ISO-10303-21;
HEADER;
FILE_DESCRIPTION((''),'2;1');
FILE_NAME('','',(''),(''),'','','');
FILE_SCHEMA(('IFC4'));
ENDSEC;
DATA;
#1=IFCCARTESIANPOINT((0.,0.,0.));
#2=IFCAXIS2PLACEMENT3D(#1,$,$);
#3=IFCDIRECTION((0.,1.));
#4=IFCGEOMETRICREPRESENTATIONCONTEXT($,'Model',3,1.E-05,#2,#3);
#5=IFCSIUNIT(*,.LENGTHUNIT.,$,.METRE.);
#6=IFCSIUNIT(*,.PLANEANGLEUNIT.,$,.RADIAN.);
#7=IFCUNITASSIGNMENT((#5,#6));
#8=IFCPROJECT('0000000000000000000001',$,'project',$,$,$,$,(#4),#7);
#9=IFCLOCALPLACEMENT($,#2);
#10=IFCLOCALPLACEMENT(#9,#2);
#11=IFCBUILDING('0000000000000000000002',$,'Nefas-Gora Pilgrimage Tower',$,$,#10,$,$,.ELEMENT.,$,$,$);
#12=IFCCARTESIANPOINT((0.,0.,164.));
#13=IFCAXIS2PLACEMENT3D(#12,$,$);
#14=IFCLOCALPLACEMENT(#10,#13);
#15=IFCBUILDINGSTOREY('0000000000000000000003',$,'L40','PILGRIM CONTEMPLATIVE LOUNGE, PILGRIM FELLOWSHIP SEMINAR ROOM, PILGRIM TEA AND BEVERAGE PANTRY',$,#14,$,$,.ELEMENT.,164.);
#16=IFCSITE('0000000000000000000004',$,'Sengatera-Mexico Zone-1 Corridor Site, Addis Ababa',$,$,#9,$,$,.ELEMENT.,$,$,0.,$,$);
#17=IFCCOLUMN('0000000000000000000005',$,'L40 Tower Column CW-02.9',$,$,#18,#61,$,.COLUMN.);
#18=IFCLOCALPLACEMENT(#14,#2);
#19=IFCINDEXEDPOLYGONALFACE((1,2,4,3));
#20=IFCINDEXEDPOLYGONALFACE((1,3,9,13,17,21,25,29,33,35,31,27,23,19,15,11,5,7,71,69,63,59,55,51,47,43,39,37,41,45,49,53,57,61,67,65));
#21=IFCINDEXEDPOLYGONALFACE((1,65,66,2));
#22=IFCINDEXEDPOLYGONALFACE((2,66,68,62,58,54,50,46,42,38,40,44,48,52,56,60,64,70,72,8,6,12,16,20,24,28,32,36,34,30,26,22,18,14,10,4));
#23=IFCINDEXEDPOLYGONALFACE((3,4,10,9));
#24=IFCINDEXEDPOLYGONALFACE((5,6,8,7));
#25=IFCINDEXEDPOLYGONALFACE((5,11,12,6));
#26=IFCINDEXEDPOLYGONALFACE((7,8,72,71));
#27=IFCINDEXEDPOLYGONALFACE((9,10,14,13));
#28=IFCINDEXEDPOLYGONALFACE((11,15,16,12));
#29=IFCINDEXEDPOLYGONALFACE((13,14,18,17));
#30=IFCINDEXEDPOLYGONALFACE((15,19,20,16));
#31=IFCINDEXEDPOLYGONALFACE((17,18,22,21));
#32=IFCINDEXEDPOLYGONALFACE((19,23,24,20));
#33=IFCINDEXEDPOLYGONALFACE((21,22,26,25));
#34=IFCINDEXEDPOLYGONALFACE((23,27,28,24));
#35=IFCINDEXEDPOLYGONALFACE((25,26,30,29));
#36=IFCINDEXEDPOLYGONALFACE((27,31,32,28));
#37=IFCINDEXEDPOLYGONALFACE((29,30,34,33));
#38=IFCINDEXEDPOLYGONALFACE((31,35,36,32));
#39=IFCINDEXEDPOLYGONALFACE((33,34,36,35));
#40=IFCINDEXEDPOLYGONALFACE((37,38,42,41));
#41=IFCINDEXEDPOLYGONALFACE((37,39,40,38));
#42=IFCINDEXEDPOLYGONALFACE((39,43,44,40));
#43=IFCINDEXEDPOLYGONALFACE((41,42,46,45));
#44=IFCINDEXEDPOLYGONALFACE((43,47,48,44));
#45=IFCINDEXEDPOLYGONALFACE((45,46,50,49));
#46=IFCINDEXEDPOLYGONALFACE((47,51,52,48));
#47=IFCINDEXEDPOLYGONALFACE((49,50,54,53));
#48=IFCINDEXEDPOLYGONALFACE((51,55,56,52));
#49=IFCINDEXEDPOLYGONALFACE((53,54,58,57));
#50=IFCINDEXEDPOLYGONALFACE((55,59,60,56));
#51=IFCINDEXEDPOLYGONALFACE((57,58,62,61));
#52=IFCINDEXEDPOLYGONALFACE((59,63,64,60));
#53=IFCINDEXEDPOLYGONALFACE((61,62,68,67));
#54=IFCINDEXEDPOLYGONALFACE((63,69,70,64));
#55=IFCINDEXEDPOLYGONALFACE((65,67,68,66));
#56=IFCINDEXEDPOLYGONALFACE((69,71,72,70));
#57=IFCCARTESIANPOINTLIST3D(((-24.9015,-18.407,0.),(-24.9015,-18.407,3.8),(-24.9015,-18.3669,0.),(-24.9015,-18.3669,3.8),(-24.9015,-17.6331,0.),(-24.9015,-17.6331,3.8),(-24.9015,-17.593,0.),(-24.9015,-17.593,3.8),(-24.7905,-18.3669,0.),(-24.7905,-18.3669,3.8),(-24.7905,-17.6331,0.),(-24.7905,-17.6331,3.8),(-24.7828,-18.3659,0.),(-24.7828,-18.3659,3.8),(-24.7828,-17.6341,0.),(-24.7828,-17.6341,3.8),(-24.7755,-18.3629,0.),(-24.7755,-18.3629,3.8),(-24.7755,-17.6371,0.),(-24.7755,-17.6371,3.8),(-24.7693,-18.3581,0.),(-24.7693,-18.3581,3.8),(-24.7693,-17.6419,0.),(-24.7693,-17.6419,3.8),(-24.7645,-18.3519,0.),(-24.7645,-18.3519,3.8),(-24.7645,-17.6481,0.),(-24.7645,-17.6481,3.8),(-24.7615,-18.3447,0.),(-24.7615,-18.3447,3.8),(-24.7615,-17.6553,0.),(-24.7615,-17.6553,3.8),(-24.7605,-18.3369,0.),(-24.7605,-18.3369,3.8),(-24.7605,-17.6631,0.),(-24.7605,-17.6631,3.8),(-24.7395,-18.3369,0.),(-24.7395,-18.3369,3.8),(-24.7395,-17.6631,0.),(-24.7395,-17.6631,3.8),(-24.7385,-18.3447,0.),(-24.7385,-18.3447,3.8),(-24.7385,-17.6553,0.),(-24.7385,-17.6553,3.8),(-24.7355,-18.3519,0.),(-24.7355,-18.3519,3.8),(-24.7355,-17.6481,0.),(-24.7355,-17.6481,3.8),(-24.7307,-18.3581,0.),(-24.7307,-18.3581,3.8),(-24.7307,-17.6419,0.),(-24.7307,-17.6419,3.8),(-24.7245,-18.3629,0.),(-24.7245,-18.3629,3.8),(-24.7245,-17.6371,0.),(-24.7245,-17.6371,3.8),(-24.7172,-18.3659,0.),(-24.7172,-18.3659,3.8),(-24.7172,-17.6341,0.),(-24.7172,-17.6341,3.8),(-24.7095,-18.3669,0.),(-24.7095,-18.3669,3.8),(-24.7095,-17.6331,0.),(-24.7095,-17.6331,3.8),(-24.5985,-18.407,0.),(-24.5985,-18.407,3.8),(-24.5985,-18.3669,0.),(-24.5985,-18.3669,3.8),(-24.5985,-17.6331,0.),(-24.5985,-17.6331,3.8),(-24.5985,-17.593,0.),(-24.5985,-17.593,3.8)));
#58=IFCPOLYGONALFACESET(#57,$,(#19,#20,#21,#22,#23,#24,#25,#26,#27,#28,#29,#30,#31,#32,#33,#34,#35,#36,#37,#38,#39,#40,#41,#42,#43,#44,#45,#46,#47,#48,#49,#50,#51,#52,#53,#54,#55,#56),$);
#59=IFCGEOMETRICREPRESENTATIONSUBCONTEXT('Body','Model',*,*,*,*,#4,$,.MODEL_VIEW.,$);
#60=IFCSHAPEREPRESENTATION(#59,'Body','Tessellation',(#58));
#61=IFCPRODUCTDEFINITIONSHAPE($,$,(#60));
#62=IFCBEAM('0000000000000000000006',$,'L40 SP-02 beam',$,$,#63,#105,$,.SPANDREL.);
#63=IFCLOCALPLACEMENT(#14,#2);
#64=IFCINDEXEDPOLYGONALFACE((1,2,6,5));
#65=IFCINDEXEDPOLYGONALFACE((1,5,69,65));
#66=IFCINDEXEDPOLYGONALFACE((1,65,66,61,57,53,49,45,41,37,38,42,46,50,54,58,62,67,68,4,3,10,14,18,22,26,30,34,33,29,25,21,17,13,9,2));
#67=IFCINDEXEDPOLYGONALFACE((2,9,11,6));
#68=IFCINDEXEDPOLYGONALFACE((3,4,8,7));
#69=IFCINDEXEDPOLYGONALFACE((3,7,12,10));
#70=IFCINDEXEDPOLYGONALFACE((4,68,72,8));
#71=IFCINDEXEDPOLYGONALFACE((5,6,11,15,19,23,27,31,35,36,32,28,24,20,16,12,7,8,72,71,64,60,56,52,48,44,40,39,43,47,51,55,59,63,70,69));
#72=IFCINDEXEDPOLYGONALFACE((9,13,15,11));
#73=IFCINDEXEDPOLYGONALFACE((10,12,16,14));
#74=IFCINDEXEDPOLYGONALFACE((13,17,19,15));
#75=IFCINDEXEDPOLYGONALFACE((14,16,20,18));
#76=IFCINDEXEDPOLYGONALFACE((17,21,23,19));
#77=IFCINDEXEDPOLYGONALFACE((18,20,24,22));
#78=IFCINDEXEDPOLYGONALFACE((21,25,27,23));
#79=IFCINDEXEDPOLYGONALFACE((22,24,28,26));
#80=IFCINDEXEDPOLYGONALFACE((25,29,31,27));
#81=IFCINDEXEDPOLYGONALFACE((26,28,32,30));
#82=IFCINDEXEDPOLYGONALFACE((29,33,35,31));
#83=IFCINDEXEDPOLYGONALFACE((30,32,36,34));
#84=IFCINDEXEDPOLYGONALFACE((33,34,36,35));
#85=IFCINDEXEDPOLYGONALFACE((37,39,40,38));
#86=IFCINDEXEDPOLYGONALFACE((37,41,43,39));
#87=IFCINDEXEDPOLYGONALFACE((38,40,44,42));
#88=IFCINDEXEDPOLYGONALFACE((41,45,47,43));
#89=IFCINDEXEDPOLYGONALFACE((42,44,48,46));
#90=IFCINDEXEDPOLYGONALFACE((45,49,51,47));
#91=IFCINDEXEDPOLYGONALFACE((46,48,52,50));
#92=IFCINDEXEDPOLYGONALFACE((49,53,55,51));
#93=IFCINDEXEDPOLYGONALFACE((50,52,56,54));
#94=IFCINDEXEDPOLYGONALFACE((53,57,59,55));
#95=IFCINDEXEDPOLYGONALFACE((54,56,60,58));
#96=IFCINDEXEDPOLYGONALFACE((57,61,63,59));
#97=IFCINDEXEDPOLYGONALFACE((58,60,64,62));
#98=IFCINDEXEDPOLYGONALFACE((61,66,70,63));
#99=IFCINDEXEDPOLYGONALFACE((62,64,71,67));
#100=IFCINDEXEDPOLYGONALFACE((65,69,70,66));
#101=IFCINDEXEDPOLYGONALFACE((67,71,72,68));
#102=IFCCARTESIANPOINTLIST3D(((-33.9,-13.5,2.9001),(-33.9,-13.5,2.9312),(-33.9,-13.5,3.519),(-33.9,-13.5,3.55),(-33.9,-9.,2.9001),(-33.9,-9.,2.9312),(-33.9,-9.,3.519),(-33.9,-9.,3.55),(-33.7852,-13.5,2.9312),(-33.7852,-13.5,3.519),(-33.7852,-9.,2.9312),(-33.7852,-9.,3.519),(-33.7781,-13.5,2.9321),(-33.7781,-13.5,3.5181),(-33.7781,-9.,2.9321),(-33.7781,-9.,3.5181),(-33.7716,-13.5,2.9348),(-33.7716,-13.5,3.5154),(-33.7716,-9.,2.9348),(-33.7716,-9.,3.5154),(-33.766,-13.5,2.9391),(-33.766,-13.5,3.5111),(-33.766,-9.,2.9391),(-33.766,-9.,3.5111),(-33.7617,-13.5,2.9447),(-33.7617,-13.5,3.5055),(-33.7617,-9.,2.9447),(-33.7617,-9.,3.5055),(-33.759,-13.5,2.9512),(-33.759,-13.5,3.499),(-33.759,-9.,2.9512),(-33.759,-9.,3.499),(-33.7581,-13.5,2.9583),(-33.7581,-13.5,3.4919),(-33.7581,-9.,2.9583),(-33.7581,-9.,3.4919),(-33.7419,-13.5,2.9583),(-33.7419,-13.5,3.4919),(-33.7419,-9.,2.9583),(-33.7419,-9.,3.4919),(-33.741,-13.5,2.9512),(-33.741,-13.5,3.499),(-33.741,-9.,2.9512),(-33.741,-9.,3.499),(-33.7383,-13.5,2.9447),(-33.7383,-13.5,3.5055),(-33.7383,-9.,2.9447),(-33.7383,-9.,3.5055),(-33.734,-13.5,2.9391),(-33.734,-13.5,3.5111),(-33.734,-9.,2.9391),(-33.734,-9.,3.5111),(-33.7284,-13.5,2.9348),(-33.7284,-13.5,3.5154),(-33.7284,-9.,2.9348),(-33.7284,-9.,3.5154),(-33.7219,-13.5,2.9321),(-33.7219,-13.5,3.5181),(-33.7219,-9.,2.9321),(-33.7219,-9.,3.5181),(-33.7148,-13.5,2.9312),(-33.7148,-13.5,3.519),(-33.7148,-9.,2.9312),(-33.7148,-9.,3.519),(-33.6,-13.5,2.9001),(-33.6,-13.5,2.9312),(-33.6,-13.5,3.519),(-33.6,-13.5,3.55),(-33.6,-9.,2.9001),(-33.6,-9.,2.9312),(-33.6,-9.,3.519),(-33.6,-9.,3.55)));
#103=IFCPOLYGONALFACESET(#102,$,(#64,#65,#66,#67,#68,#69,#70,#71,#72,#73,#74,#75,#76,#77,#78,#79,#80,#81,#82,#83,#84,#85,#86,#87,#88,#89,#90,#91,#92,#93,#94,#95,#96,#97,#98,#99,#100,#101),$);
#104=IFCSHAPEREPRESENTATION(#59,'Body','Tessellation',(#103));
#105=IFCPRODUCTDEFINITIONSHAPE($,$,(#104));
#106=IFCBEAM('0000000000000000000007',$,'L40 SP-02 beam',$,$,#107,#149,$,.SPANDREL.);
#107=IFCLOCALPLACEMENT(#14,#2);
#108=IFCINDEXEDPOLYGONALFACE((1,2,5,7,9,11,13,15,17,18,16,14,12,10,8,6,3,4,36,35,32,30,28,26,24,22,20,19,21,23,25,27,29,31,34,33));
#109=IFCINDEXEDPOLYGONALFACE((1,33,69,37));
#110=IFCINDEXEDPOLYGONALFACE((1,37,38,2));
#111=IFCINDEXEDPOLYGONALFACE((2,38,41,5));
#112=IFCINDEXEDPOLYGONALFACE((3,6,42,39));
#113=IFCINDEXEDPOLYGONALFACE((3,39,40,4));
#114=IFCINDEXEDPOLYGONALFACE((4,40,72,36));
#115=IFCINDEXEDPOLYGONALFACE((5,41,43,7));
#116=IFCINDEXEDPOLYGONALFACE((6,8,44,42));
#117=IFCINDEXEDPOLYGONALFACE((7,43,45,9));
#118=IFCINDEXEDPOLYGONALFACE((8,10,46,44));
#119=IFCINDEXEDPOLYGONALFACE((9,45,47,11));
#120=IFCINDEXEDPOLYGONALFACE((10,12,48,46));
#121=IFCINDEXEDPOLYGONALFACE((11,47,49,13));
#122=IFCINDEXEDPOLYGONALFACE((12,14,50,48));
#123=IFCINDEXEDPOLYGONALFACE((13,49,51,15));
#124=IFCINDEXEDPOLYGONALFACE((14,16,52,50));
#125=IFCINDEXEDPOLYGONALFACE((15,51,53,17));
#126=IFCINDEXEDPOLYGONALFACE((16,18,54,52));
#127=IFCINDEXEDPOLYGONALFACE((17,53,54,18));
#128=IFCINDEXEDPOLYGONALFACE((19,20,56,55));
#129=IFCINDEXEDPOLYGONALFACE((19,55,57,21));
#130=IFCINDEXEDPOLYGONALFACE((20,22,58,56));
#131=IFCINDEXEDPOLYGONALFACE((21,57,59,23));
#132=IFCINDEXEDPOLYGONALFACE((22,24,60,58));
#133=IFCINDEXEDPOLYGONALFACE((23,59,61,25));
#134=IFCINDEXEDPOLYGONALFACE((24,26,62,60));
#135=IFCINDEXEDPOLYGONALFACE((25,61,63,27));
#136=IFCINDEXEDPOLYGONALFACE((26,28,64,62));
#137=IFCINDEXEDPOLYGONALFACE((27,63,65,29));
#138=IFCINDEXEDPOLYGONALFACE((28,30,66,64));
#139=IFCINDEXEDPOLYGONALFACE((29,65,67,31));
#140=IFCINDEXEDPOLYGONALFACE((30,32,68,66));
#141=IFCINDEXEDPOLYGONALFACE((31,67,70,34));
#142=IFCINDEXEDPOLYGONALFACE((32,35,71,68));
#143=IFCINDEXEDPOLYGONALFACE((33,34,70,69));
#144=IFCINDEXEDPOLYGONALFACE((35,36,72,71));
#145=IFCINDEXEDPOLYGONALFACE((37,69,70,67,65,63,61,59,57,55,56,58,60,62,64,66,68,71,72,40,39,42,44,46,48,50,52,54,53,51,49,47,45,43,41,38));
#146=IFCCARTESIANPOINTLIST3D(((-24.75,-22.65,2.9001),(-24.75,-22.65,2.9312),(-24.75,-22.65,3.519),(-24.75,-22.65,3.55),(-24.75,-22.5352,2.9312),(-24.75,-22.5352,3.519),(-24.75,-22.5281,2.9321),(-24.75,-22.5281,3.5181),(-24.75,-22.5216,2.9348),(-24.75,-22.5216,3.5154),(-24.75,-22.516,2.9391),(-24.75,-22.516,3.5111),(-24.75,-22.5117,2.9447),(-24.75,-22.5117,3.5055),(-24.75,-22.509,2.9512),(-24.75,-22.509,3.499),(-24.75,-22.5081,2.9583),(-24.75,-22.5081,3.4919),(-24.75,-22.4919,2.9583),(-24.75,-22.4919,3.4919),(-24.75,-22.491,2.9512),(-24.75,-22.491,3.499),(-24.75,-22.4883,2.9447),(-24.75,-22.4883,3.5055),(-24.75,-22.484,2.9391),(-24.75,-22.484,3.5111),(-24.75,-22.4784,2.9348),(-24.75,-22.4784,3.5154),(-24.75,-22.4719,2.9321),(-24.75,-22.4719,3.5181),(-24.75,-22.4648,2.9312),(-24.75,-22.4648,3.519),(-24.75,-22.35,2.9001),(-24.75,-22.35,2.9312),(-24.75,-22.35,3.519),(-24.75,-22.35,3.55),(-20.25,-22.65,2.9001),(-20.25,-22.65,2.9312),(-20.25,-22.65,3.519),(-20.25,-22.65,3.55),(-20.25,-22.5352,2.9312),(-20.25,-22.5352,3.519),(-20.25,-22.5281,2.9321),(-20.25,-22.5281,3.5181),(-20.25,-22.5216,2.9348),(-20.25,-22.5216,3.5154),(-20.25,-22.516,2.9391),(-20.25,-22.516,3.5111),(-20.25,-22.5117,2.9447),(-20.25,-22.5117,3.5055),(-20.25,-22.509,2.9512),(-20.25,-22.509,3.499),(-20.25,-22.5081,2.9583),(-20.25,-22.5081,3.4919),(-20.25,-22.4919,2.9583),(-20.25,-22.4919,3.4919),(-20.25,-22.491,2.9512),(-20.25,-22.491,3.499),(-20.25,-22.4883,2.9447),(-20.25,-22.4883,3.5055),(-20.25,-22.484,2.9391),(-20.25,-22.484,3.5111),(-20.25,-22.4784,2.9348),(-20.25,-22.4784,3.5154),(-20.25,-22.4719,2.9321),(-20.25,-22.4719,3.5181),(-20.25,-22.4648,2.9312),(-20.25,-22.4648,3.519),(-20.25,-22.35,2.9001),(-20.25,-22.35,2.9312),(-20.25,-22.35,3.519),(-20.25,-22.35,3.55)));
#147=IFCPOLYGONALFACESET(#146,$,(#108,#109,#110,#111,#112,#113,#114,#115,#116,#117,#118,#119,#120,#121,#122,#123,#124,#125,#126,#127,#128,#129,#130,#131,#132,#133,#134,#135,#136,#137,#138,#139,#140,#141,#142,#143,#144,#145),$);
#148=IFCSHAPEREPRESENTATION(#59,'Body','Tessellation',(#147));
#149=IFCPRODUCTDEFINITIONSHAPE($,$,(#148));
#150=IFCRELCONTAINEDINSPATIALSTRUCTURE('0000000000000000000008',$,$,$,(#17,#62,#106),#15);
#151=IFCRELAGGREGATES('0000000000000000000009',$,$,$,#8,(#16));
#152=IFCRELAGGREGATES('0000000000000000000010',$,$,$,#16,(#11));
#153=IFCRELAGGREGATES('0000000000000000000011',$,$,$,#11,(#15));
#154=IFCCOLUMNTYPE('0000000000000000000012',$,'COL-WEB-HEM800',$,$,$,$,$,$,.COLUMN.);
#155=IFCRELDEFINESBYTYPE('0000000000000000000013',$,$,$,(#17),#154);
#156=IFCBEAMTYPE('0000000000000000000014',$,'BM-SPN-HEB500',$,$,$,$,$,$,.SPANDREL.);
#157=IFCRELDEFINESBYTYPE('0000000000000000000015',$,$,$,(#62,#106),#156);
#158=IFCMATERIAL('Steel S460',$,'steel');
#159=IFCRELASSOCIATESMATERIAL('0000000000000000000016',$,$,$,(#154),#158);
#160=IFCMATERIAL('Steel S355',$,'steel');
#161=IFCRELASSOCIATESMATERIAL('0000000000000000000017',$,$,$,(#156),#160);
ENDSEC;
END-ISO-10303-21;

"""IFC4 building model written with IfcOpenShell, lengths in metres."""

from ifc_helpers import new_model, si_unit, direction, frame, origin, origin_2d, place, context, subcontext, project, spatial, i_section, extrude, source, transform, mapped, material, material_profile, profile_set, type_object, element, save


model = new_model("IFC4")

# Units and contexts
model_context = context("Model", 3, precision=1e-05, world=origin(), true_north=direction((0.0, 1.0)))
body_context = subcontext(model_context, "Body", "Model", "MODEL_VIEW")
ifc_project = project(units=[si_unit("LENGTHUNIT", "METRE"), si_unit("PLANEANGLEUNIT", "RADIAN")], contexts=[model_context])

# Site, building, storey
site_placement = place(None, origin())
site = spatial("IfcSite", under=ifc_project, at=site_placement, Name="Sengatera-Mexico Zone-1 Corridor Site, Addis Ababa", CompositionType="ELEMENT", RefElevation=0.0)
building_placement = place(site_placement, origin())
building = spatial("IfcBuilding", under=site, at=building_placement, Name="Nefas-Gora Pilgrimage Tower", CompositionType="ELEMENT")
storey_placement = place(building_placement, frame((0.0, 0.0, 164.0)))
storey = spatial("IfcBuildingStorey", under=building, at=storey_placement, Name="L40", Description="PILGRIM CONTEMPLATIVE LOUNGE, PILGRIM FELLOWSHIP SEMINAR ROOM, PILGRIM TEA AND BEVERAGE PANTRY", CompositionType="ELEMENT", Elevation=164.0)

# Column
ifc_material_1 = material(Name="Steel S460", Category="steel")
ifc_material_profile_1 = material_profile(ifc_material_1, i_section(OverallWidth=0.303, OverallDepth=0.814, WebThickness=0.021, FlangeThickness=0.04, FilletRadius=0.03, at=origin_2d()), Name="HEM 800")
ifc_profile_set_1 = profile_set([ifc_material_profile_1], Name="Steel S460")
column_type_1 = type_object("IfcColumnType", Name="COL-WEB-HEM800", PredefinedType="COLUMN", material=ifc_profile_set_1)
shared_shape_1 = source(origin(), body_context, "Body", "SweptSolid", [
    extrude(i_section(OverallWidth=0.303, OverallDepth=0.814, WebThickness=0.021, FlangeThickness=0.04, FilletRadius=0.03, at=origin_2d()), origin(), (0.0, 0.0, 1.0), 3.8),
])
column_placement = place(storey_placement, frame((-24.75, -18.0, 0.0), z_axis=(0.0, 0.0, 1.0), x_axis=(1.0, 0.0, 0.0)))
element("IfcColumn", 1, at=column_placement, inside=storey, type_object=column_type_1, Name="L40 Tower Column CW-02.9", PredefinedType="COLUMN", context=body_context, shape_type="MappedRepresentation", body=[
    mapped(shared_shape_1, transform((0.0, 0.0, 0.0), x_axis=(1.0, 0.0, 0.0), y_axis=(0.0, 1.0, 0.0), z_axis=(0.0, 0.0, 1.0), scale=1.0)),
])

# Beams
ifc_material_2 = material(Name="Steel S355", Category="steel")
ifc_material_profile_2 = material_profile(ifc_material_2, i_section(OverallWidth=0.3, OverallDepth=0.6499, WebThickness=0.0161, FlangeThickness=0.031, FilletRadius=0.0271, at=origin_2d()), Name="HEB 650")
ifc_profile_set_2 = profile_set([ifc_material_profile_2], Name="Steel S355")
beam_type_1 = type_object("IfcBeamType", Name="BM-SPN-HEB500", PredefinedType="SPANDREL", material=ifc_profile_set_2)
shared_shape_2 = source(origin(), body_context, "Body", "SweptSolid", [
    extrude(i_section(OverallWidth=0.3, OverallDepth=0.6499, WebThickness=0.0161, FlangeThickness=0.031, FilletRadius=0.0271, at=origin_2d()), origin(), (0.0, 0.0, 1.0), 4.5),
])
for number, where, z_axis, x_axis, name in (
    (2, (-33.75, -13.5, 3.2251), (0.0, 1.0, 0.0), (-1.0, 0.0, 0.0), "L40 SP-02 beam"),
    (3, (-24.75, -22.5, 3.2251), (1.0, 0.0, 0.0), (0.0, 1.0, 0.0), "L40 SP-02 beam"),
):
    element("IfcBeam", number, at=place(storey_placement, frame(where, z_axis=z_axis, x_axis=x_axis)), inside=storey, type_object=beam_type_1, Name=name, PredefinedType="SPANDREL", context=body_context, shape_type="MappedRepresentation", body=[
        mapped(shared_shape_2, transform((0.0, 0.0, 0.0), x_axis=(1.0, 0.0, 0.0), y_axis=(0.0, 1.0, 0.0), z_axis=(0.0, 0.0, 1.0), scale=1.0)),
    ])

save(model, "model.ifc")
